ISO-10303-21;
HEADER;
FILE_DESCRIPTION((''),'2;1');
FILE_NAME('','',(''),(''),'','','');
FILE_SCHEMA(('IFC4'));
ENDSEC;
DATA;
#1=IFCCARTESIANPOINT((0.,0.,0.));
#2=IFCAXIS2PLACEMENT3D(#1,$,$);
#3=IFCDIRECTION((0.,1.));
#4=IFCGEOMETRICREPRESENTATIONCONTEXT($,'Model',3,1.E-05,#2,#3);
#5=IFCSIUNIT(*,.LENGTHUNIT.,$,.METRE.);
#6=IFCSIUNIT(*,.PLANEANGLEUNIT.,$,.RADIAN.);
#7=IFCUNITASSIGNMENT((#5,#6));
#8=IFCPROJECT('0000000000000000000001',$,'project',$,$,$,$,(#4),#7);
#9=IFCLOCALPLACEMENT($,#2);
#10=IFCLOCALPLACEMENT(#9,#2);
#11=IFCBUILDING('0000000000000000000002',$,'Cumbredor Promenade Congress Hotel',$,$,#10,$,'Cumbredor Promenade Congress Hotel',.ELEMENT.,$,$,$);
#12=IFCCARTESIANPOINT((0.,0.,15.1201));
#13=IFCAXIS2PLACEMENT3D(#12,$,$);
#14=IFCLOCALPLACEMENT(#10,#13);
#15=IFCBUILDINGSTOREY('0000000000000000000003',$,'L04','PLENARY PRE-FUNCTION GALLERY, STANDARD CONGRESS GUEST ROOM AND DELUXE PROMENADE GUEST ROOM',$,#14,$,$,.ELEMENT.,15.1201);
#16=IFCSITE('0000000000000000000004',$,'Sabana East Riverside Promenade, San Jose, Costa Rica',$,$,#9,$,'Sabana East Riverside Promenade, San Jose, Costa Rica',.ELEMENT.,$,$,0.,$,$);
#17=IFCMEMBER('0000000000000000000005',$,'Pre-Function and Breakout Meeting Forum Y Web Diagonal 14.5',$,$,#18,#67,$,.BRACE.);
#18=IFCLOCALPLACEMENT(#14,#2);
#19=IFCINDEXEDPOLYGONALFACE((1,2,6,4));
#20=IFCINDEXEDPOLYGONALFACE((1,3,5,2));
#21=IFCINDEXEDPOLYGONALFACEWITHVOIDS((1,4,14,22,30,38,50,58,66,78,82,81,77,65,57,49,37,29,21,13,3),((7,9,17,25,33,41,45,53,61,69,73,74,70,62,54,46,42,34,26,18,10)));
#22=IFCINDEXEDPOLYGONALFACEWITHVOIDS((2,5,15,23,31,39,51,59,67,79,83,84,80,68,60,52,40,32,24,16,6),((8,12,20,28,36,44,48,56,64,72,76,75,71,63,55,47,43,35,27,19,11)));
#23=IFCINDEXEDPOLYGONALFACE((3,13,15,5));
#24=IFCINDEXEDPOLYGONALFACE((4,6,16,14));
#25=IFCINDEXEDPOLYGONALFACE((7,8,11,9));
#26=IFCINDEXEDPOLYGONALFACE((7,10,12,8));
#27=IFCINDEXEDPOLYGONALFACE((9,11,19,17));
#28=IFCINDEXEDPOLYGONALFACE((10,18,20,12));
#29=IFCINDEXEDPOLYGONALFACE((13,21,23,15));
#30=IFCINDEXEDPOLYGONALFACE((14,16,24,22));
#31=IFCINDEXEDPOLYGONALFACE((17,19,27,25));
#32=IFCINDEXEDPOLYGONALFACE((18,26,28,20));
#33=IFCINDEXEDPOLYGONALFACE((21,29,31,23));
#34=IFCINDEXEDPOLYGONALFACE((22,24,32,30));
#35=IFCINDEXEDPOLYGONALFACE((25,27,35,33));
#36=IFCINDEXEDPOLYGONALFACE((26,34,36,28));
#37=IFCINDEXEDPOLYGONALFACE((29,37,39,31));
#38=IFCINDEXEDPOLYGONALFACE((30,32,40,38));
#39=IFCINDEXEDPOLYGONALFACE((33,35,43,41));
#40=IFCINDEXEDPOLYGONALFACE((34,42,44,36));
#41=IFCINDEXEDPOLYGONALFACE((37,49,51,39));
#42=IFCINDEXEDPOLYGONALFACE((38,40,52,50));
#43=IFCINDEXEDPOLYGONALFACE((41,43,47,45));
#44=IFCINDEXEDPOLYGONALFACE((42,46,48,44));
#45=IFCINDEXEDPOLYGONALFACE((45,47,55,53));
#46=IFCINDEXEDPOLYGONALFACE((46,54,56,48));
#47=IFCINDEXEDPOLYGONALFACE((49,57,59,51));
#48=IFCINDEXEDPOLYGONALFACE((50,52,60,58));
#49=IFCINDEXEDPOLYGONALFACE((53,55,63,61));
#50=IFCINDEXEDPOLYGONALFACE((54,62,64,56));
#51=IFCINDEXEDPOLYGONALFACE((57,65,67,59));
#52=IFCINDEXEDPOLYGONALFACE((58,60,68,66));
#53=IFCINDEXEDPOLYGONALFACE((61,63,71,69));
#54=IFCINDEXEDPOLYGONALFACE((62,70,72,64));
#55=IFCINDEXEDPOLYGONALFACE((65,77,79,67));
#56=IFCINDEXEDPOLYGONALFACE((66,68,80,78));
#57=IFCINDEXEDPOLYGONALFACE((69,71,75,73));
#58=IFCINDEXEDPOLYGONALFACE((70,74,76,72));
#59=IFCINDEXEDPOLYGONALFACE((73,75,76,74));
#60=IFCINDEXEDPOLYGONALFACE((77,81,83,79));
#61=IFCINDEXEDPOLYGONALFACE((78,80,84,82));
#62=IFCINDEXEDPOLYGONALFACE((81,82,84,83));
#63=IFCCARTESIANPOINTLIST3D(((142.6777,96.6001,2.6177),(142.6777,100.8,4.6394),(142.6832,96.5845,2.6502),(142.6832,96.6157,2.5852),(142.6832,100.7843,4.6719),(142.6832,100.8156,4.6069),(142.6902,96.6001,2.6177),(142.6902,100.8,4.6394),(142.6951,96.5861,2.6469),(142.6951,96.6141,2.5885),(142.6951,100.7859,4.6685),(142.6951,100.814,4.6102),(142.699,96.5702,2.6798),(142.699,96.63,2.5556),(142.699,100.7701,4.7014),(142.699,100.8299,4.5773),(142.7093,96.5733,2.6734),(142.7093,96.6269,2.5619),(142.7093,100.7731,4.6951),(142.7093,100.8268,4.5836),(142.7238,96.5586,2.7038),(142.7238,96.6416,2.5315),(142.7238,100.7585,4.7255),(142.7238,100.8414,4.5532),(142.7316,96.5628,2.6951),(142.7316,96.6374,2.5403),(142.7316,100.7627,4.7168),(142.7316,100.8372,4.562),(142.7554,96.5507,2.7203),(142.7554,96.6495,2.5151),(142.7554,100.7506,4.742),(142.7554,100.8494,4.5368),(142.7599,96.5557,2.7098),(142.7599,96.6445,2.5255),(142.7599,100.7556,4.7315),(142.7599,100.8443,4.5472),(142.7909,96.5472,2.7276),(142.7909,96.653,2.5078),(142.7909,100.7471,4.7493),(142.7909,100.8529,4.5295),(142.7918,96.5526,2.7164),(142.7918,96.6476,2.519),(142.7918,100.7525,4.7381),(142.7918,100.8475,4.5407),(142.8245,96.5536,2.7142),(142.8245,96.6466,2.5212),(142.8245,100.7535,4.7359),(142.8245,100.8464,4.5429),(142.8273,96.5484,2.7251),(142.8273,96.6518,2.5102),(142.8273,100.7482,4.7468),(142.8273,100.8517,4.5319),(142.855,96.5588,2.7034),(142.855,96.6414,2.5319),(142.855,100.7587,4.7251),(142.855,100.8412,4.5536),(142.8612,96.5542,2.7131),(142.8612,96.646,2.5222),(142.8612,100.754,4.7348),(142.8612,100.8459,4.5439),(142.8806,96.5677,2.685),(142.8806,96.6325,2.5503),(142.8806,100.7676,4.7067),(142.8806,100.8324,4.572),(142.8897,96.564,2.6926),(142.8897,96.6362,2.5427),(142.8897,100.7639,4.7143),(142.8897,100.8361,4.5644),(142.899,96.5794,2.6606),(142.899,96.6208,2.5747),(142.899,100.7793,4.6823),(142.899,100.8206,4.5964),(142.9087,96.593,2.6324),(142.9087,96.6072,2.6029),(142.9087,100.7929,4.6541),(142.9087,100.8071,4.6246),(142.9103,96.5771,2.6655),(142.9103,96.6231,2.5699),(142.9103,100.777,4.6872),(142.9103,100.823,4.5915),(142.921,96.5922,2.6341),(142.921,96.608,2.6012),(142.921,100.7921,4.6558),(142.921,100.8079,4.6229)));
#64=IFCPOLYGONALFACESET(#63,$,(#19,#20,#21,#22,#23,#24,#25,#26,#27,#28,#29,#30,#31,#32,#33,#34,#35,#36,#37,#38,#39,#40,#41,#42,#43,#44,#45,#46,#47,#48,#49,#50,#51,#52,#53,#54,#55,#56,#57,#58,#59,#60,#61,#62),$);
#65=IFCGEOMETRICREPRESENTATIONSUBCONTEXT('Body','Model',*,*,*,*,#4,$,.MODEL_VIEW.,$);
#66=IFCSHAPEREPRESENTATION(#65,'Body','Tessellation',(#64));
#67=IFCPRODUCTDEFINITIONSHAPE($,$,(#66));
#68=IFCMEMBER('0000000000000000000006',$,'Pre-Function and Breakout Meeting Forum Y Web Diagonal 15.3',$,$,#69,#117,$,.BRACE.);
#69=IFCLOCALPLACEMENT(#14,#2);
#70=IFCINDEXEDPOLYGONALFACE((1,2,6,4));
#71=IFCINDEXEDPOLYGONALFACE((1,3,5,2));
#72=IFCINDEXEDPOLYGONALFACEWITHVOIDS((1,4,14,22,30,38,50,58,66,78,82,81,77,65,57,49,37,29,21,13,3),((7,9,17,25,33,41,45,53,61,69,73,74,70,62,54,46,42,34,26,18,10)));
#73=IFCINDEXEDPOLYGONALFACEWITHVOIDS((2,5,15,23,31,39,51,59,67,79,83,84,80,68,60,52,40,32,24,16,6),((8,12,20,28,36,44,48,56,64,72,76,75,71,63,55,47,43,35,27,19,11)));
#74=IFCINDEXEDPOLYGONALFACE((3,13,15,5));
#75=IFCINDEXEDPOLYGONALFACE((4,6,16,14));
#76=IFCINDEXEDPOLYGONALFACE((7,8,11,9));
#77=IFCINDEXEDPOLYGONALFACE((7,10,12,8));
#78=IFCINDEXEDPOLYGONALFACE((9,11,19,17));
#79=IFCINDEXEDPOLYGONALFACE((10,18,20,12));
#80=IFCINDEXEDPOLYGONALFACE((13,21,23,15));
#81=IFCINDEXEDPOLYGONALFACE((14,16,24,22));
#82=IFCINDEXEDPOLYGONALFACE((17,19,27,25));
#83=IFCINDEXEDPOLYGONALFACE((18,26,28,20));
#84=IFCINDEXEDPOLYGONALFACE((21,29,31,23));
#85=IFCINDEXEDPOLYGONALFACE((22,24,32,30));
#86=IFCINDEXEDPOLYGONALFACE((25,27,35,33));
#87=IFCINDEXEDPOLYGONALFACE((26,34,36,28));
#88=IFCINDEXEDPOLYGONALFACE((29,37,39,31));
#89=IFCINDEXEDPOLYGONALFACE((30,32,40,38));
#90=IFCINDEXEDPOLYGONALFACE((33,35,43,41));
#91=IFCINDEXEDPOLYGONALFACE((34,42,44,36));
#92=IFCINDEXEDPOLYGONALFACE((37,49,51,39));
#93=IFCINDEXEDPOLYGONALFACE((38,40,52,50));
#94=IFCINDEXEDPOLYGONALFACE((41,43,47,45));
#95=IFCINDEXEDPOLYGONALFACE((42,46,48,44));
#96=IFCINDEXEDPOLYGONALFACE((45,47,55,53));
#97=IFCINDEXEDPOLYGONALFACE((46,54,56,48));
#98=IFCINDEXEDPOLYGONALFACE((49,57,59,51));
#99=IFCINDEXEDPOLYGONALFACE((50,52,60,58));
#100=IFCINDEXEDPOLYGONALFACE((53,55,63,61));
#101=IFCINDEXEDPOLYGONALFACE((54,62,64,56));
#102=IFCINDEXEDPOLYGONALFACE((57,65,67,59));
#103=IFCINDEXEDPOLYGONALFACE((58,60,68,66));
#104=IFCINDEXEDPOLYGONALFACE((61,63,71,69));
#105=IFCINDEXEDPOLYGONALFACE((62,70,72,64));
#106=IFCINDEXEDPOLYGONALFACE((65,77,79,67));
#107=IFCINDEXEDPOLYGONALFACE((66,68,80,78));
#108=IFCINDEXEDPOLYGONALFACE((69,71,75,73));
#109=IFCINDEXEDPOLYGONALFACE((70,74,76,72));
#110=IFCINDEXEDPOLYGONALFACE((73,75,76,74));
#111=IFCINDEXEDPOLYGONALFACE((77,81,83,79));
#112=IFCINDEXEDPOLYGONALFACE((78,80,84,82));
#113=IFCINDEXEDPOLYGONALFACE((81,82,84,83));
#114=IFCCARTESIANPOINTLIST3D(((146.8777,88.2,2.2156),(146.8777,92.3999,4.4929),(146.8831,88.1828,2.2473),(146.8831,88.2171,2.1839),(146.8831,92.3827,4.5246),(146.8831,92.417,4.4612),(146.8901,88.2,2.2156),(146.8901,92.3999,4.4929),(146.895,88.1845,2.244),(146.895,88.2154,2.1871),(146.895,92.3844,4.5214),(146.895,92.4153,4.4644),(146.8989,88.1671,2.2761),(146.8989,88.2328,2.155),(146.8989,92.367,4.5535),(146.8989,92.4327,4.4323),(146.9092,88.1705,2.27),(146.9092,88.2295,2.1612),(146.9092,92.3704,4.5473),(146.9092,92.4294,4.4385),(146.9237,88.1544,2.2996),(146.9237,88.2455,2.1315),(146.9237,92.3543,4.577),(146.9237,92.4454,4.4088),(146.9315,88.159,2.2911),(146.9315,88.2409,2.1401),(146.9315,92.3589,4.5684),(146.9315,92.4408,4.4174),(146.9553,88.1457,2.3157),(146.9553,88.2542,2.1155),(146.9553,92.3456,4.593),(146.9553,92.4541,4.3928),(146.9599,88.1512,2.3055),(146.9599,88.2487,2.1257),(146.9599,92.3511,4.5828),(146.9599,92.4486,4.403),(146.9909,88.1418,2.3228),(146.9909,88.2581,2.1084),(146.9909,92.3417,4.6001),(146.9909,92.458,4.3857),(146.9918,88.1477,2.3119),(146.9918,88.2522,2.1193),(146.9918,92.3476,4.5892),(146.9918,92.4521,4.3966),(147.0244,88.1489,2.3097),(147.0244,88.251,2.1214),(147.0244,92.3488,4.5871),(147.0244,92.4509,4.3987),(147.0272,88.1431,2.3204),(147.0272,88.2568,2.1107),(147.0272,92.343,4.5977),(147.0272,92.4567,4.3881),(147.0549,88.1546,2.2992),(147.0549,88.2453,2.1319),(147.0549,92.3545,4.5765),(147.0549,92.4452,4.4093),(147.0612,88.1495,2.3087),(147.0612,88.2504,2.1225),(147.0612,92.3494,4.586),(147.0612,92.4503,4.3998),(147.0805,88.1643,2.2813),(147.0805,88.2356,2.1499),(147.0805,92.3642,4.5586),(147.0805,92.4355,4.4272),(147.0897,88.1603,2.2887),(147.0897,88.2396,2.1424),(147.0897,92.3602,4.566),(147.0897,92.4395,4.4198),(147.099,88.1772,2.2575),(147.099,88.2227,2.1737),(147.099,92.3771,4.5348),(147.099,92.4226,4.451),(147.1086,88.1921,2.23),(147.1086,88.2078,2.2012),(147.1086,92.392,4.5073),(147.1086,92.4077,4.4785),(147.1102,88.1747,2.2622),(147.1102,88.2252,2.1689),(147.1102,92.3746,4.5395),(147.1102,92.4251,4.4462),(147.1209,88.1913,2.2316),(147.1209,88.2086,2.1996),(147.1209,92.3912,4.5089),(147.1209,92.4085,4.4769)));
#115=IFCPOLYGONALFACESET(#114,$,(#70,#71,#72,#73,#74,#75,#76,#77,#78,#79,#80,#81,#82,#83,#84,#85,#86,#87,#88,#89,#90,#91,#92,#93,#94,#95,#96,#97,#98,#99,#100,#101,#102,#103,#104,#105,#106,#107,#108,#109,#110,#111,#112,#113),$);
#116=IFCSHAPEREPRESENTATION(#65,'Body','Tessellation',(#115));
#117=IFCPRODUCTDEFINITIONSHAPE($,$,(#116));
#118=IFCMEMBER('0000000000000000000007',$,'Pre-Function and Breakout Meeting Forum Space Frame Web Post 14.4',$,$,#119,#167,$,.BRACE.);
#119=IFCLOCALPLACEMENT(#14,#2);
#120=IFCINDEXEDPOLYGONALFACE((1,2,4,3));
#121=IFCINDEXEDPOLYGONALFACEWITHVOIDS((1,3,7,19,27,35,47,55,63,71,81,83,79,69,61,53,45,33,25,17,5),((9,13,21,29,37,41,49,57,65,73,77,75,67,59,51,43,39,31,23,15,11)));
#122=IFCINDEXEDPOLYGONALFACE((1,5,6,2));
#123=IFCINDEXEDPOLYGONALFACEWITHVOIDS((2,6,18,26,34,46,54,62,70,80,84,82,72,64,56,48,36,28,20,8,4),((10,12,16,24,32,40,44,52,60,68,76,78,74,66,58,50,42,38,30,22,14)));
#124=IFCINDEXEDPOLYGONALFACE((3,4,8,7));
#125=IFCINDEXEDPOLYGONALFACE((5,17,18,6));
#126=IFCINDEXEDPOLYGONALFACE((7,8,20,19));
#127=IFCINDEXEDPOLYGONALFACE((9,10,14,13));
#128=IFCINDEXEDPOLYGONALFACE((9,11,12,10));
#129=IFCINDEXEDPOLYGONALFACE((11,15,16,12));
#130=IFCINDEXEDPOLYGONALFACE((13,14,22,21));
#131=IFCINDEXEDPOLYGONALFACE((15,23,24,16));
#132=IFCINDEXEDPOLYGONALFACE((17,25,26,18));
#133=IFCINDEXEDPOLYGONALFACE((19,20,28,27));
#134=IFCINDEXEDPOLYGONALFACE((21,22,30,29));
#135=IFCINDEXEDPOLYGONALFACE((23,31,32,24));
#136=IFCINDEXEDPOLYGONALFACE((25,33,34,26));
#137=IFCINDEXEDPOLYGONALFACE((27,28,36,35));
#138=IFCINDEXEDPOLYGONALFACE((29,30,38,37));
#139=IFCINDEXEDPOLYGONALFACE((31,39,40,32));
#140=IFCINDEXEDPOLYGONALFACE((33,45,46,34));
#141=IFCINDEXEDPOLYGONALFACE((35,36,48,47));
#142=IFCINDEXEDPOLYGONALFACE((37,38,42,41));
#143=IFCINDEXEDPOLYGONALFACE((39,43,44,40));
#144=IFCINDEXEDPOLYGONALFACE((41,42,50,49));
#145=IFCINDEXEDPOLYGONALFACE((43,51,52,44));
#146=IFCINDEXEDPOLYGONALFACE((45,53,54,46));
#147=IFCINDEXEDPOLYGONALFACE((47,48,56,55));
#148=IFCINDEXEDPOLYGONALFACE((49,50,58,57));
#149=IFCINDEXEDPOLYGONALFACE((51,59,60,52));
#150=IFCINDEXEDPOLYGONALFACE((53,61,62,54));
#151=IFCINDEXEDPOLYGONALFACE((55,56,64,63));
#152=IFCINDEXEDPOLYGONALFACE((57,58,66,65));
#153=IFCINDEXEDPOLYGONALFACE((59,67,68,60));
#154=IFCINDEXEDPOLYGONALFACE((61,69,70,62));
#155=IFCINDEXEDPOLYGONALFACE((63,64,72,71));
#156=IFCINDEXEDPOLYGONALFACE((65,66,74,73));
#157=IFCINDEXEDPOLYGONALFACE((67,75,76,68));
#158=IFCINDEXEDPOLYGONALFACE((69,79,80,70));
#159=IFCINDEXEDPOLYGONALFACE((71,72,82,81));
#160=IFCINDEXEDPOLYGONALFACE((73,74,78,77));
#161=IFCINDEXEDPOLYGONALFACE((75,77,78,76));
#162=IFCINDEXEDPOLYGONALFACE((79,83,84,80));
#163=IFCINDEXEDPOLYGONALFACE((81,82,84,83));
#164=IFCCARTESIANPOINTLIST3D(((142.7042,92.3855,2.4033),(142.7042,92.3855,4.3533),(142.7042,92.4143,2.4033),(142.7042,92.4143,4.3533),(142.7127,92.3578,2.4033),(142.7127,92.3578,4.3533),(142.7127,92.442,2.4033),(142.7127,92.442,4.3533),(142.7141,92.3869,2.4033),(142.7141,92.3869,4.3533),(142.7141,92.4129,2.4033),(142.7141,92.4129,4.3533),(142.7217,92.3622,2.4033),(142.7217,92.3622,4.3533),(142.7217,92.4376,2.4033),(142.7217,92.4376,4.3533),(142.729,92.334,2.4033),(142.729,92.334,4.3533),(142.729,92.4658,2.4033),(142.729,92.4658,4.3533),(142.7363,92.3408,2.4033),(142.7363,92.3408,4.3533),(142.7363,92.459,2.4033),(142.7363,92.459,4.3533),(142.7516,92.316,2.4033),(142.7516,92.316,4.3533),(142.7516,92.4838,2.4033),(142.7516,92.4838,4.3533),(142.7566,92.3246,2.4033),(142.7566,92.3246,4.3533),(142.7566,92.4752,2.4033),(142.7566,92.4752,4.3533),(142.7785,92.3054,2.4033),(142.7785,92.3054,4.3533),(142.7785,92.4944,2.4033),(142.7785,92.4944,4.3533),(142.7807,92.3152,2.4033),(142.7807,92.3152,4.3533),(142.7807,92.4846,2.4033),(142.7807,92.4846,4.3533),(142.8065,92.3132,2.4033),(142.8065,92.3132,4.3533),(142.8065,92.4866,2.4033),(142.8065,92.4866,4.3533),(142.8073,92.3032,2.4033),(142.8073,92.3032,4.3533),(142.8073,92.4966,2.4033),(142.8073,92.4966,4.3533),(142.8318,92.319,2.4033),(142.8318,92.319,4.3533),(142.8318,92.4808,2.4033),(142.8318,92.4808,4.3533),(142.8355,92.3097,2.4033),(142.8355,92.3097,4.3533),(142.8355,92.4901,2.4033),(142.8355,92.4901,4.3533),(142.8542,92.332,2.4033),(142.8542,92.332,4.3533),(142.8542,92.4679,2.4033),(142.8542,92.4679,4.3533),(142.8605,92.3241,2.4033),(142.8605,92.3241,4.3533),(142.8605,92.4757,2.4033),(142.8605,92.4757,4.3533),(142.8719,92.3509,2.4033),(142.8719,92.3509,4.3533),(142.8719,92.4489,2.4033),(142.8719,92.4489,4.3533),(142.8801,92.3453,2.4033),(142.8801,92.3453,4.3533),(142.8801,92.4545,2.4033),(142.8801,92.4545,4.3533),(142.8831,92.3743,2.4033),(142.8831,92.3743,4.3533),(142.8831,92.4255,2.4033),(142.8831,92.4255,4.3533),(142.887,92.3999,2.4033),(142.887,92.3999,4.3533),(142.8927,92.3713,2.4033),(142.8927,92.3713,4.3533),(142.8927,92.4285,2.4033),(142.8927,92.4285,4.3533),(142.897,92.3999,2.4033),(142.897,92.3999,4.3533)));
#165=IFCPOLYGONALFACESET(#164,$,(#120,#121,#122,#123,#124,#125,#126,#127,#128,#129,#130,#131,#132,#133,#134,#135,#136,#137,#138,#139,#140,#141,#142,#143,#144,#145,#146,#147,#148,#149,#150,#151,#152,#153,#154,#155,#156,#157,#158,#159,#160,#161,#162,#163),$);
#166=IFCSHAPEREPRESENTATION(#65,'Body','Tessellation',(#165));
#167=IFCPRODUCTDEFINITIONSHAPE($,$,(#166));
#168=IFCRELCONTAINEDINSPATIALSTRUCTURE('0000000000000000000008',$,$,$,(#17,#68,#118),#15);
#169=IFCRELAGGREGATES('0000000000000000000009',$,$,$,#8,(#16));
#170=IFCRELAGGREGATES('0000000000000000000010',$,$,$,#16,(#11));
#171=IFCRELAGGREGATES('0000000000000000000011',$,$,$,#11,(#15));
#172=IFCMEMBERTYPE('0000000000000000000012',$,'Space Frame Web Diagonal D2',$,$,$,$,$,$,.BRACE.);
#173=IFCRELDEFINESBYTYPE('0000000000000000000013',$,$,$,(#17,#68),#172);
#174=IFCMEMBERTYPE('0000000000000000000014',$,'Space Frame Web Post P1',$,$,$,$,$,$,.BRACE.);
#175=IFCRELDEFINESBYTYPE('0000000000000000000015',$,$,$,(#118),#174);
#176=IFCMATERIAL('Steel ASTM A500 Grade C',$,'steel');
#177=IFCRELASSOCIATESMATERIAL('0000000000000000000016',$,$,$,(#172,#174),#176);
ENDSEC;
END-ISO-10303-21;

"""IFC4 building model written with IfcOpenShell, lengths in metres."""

from ifc_helpers import new_model, si_unit, direction, frame, origin, origin_2d, place, context, subcontext, project, spatial, hollow_circle, extrude, material, material_profile, profile_set, type_object, element, save


model = new_model("IFC4")

# Units and contexts
model_context = context("Model", 3, precision=1e-05, world=origin(), true_north=direction((0.0, 1.0)))
body_context = subcontext(model_context, "Body", "Model", "MODEL_VIEW")
ifc_project = project(units=[si_unit("LENGTHUNIT", "METRE"), si_unit("PLANEANGLEUNIT", "RADIAN")], contexts=[model_context])

# Site, building, storey
site_placement = place(None, origin())
site = spatial("IfcSite", under=ifc_project, at=site_placement, Name="Sabana East Riverside Promenade, San Jose, Costa Rica", LongName="Sabana East Riverside Promenade, San Jose, Costa Rica", CompositionType="ELEMENT", RefElevation=0.0)
building_placement = place(site_placement, origin())
building = spatial("IfcBuilding", under=site, at=building_placement, Name="Cumbredor Promenade Congress Hotel", LongName="Cumbredor Promenade Congress Hotel", CompositionType="ELEMENT")
storey_placement = place(building_placement, frame((0.0, 0.0, 15.1201)))
storey = spatial("IfcBuildingStorey", under=building, at=storey_placement, Name="L04", Description="PLENARY PRE-FUNCTION GALLERY, STANDARD CONGRESS GUEST ROOM AND DELUXE PROMENADE GUEST ROOM", CompositionType="ELEMENT", Elevation=15.1201)

# Members
ifc_material_1 = material(Name="Steel ASTM A500 Grade C", Category="steel")
ifc_material_profile_1 = material_profile(ifc_material_1, hollow_circle(Radius=0.1223, WallThickness=0.0125, at=origin_2d()), Name="CHS 244.5x12.5")
ifc_profile_set_1 = profile_set([ifc_material_profile_1], Name="Steel ASTM A500 Grade C")
member_type_1 = type_object("IfcMemberType", Name="Space Frame Web Diagonal D2", PredefinedType="BRACE", material=ifc_profile_set_1)
member_1_placement = place(storey_placement, frame((142.8, 96.6001, 2.6177), z_axis=(0.0, 0.901041, 0.433734), x_axis=(-1.0, 0.0, 0.0)))
element("IfcMember", 1, at=member_1_placement, inside=storey, type_object=member_type_1, Name="Pre-Function and Breakout Meeting Forum Y Web Diagonal 14.5", PredefinedType="BRACE", context=body_context, shape_type="SweptSolid", body=[
    extrude(hollow_circle(Radius=0.1223, WallThickness=0.0125, at=origin_2d()), origin(), (0.0, 0.0, 1.0), 4.6611),
])
member_2_placement = place(storey_placement, frame((147.0, 88.2, 2.2156), z_axis=(0.0, 0.879084, 0.476667), x_axis=(-1.0, 0.0, 0.0)))
element("IfcMember", 2, at=member_2_placement, inside=storey, type_object=member_type_1, Name="Pre-Function and Breakout Meeting Forum Y Web Diagonal 15.3", PredefinedType="BRACE", context=body_context, shape_type="SweptSolid", body=[
    extrude(hollow_circle(Radius=0.1223, WallThickness=0.0125, at=origin_2d()), origin(), (0.0, 0.0, 1.0), 4.7776),
])
ifc_material_profile_2 = material_profile(ifc_material_1, hollow_circle(Radius=0.0969, WallThickness=0.01, at=origin_2d()), Name="CHS 193.7x10")
ifc_profile_set_2 = profile_set([ifc_material_profile_2], Name="Steel ASTM A500 Grade C")
member_type_2 = type_object("IfcMemberType", Name="Space Frame Web Post P1", PredefinedType="BRACE", material=ifc_profile_set_2)
for number, where, z_axis, x_axis, name in (
    (3, (142.8, 92.3999, 2.4033), (0.0, 0.0, 1.0), (1.0, 0.0, 0.0), "Pre-Function and Breakout Meeting Forum Space Frame Web Post 14.4"),
):
    element("IfcMember", number, at=place(storey_placement, frame(where, z_axis=z_axis, x_axis=x_axis)), inside=storey, type_object=member_type_2, Name=name, PredefinedType="BRACE", context=body_context, shape_type="SweptSolid", body=[
        extrude(hollow_circle(Radius=0.0969, WallThickness=0.01, at=origin_2d()), origin(), (0.0, 0.0, 1.0), 1.95),
    ])

save(model, "model.ifc")
